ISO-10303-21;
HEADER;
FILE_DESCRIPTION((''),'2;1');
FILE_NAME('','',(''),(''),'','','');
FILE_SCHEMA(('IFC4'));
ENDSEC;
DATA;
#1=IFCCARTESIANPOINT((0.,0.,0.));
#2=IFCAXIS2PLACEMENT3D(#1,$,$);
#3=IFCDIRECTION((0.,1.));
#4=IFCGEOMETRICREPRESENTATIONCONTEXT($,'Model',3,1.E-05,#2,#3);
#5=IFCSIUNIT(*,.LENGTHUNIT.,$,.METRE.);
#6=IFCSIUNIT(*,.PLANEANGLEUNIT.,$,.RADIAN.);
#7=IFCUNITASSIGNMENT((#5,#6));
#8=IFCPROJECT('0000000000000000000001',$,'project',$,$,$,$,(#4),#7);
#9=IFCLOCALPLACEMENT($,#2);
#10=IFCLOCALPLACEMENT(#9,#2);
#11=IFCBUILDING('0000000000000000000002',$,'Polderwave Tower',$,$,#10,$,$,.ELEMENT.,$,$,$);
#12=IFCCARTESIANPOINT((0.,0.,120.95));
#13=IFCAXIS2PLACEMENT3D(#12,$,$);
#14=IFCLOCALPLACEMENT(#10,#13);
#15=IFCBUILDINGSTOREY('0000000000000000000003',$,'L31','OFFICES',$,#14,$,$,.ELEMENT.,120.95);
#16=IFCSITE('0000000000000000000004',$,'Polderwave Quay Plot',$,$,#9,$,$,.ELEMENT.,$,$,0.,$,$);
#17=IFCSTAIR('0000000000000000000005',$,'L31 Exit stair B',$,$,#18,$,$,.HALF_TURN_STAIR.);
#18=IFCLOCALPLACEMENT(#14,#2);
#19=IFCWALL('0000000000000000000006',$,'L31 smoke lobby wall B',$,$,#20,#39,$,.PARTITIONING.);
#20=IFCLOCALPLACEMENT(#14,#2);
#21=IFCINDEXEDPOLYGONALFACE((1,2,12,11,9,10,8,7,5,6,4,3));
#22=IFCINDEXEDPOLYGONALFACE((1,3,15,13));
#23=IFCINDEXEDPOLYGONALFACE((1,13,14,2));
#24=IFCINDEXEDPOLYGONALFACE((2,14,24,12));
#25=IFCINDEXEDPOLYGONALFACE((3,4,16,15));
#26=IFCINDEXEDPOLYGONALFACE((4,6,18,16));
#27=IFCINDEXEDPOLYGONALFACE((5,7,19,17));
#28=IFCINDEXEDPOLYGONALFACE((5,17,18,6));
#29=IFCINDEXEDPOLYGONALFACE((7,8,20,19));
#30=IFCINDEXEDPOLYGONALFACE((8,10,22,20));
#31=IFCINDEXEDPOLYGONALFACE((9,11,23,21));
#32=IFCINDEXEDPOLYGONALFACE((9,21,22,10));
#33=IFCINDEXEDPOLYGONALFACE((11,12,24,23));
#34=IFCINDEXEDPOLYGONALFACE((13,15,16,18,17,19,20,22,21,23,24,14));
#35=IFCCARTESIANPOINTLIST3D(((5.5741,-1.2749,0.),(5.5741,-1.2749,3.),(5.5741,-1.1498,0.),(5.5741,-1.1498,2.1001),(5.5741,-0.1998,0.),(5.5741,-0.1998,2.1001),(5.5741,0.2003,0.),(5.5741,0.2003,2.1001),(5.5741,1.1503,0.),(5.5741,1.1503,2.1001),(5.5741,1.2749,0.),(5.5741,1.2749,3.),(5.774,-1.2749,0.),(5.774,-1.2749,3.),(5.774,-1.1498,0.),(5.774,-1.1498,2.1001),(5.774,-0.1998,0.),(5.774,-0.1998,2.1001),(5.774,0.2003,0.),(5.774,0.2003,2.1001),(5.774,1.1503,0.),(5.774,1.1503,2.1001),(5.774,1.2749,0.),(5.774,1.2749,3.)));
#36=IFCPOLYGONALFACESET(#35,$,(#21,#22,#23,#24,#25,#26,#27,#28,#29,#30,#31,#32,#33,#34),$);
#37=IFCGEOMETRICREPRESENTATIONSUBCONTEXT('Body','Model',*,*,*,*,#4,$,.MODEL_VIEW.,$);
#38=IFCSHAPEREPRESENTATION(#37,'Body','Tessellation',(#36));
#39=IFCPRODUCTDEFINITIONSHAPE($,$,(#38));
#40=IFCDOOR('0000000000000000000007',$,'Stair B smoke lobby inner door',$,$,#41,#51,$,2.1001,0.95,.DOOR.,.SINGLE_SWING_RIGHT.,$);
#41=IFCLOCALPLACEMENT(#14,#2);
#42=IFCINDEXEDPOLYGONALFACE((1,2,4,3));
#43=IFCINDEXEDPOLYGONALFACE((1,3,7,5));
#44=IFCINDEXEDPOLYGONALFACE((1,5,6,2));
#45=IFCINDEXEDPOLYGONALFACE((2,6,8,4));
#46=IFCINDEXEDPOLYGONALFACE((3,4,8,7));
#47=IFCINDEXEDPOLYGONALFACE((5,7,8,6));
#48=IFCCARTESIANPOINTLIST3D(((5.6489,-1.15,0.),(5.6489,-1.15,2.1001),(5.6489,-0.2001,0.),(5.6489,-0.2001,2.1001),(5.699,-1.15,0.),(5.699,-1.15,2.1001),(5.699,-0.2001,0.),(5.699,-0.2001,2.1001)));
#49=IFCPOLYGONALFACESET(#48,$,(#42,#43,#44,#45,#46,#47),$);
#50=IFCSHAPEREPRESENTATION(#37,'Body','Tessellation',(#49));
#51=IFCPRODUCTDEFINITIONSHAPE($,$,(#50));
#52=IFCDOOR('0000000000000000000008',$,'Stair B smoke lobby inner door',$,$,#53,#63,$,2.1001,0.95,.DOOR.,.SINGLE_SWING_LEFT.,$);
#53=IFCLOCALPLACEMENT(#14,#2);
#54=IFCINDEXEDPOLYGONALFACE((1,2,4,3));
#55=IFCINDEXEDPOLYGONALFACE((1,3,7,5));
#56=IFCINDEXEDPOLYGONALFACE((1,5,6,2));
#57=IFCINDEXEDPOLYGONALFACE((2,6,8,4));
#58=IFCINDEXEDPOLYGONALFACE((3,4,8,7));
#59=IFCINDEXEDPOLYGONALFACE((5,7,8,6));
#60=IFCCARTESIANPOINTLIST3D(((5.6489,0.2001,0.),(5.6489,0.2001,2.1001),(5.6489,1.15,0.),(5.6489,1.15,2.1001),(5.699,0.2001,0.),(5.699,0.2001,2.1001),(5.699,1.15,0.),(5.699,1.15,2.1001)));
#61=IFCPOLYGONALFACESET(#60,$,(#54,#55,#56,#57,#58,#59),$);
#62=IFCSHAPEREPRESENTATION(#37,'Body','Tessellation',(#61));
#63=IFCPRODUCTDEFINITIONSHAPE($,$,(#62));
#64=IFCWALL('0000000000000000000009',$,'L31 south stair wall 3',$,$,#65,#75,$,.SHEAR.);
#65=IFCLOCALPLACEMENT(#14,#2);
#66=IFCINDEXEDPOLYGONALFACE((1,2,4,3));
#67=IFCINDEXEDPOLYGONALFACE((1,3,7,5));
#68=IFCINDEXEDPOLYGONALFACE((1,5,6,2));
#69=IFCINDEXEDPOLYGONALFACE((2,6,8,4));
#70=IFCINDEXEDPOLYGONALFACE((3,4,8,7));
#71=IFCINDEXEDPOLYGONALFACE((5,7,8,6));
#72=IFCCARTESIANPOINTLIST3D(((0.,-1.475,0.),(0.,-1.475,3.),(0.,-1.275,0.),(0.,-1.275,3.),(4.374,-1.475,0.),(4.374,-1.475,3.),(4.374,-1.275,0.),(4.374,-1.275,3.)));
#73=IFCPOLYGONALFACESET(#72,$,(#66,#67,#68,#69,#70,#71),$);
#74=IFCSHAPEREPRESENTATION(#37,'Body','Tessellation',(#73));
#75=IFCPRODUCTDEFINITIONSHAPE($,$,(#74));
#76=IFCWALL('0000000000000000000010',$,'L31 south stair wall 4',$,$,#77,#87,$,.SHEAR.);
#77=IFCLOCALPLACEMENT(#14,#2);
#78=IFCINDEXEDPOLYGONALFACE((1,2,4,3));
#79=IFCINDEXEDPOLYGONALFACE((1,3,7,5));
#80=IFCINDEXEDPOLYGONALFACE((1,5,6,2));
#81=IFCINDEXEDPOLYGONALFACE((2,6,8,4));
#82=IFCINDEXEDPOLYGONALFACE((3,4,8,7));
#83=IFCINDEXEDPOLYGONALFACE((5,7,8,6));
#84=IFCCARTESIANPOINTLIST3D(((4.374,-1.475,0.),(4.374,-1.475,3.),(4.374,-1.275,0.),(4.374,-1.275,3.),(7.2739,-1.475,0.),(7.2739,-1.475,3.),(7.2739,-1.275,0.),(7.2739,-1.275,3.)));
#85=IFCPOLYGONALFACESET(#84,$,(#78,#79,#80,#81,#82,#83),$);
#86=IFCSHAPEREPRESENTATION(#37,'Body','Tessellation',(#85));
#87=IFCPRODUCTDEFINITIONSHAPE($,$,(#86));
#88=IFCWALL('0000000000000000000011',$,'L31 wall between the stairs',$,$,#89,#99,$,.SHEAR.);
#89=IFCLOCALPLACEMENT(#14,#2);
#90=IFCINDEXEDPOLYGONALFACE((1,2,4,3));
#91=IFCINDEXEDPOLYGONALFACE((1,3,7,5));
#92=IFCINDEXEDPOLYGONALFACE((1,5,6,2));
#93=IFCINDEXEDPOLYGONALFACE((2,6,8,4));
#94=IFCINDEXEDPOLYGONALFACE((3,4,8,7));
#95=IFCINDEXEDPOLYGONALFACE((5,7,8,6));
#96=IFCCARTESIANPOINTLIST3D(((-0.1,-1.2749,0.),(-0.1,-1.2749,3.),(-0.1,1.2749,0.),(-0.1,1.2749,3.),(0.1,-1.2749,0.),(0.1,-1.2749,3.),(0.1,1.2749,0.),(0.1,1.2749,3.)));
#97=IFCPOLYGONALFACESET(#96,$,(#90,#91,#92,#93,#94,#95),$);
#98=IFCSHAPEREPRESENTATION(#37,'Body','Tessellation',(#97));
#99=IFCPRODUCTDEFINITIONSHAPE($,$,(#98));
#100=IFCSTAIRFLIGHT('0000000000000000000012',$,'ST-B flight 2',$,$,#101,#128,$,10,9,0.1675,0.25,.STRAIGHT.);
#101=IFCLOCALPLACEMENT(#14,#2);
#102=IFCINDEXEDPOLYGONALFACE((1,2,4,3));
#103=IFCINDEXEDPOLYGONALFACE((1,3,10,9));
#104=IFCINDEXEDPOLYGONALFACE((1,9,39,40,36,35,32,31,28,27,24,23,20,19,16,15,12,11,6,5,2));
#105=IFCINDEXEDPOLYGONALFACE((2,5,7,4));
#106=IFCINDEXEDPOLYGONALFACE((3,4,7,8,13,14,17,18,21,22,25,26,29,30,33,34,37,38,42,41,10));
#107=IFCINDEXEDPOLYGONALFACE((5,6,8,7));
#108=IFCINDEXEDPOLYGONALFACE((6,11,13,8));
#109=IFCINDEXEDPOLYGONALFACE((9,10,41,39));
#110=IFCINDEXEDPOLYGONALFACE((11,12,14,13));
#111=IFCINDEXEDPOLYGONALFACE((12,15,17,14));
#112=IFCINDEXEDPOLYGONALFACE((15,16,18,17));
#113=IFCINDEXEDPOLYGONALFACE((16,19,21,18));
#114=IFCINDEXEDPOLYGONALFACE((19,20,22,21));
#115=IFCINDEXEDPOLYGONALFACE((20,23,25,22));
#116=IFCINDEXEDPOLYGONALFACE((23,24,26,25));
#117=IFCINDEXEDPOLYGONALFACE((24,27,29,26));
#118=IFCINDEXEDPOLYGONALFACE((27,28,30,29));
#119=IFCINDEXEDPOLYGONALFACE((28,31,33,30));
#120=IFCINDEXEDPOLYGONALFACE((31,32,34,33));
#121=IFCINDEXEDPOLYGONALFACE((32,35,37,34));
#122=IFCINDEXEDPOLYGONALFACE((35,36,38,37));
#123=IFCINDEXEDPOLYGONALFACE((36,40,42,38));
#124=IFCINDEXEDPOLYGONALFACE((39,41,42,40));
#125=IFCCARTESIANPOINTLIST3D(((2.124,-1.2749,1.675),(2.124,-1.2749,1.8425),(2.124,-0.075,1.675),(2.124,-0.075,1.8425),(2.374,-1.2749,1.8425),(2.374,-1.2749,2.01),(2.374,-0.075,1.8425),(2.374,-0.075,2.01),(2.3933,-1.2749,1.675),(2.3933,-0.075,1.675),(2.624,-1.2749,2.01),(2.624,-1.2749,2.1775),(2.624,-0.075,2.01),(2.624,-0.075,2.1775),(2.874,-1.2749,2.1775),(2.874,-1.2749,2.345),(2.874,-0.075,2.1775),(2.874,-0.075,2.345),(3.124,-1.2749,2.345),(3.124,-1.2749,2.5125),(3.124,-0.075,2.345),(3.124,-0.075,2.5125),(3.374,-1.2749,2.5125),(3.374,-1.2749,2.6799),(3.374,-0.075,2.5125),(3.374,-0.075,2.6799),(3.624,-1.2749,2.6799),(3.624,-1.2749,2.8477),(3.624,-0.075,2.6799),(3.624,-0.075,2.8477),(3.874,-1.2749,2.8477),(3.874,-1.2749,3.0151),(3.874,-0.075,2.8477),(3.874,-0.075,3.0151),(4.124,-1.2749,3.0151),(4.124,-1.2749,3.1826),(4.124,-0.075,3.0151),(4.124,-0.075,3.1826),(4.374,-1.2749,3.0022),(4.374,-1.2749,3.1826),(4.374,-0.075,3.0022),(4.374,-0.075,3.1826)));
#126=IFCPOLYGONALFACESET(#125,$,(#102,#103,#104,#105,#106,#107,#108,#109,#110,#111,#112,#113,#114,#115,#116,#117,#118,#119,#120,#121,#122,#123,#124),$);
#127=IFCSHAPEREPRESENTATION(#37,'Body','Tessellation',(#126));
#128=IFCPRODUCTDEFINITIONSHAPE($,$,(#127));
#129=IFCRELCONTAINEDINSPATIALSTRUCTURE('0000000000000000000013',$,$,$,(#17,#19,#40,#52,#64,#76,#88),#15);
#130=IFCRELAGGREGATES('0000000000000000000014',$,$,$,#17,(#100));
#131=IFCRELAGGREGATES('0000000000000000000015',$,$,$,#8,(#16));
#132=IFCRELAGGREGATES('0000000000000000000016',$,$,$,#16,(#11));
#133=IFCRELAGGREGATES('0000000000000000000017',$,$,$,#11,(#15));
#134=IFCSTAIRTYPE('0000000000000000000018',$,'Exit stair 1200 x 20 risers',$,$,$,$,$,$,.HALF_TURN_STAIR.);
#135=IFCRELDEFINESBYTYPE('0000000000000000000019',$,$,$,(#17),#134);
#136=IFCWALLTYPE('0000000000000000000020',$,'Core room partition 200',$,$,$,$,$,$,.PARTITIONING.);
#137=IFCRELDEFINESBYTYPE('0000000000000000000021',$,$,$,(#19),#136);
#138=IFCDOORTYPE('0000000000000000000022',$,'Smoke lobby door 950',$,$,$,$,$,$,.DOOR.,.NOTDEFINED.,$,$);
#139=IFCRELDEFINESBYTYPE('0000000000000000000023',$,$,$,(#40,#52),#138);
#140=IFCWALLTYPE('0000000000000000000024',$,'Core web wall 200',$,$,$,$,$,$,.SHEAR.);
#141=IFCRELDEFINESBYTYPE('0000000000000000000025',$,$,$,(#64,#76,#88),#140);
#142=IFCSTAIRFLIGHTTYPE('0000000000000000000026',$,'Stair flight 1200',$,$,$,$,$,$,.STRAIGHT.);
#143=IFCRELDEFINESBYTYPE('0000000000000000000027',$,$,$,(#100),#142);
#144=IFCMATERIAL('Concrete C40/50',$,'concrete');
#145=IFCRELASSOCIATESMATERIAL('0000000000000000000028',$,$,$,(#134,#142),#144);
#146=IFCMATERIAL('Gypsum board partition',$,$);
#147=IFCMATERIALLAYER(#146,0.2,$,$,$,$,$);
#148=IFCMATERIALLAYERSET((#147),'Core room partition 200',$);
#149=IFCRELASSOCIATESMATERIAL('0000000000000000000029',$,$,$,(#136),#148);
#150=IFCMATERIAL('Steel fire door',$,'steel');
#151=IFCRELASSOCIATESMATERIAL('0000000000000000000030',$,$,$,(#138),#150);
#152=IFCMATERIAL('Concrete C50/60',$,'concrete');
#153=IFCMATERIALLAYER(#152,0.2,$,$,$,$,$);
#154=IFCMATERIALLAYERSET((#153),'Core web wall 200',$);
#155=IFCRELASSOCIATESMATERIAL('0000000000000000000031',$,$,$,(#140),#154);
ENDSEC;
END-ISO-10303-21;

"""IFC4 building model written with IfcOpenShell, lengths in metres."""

from ifc_helpers import new_model, si_unit, direction, frame, frame_2d, origin, place, context, subcontext, project, spatial, polyline, rectangle, outline, extrude, material, layer, layer_set, type_object, element, fill, aggregate, save


model = new_model("IFC4")

# Units and contexts
model_context = context("Model", 3, precision=1e-05, world=origin(), true_north=direction((0.0, 1.0)))
body_context = subcontext(model_context, "Body", "Model", "MODEL_VIEW")
ifc_project = project(units=[si_unit("LENGTHUNIT", "METRE"), si_unit("PLANEANGLEUNIT", "RADIAN")], contexts=[model_context])

# Site, building, storey
site_placement = place(None, origin())
site = spatial("IfcSite", under=ifc_project, at=site_placement, Name="Polderwave Quay Plot", CompositionType="ELEMENT", RefElevation=0.0)
building_placement = place(site_placement, origin())
building = spatial("IfcBuilding", under=site, at=building_placement, Name="Polderwave Tower", CompositionType="ELEMENT")
storey_placement = place(building_placement, frame((0.0, 0.0, 120.95)))
storey = spatial("IfcBuildingStorey", under=building, at=storey_placement, Name="L31", Description="OFFICES", CompositionType="ELEMENT", Elevation=120.95)

# Shared definitions
ifc_material_1 = material(Name="Concrete C40/50", Category="concrete")

# Stair
stair_type = type_object("IfcStairType", Name="Exit stair 1200 x 20 risers", PredefinedType="HALF_TURN_STAIR", material=ifc_material_1)
stair_1_placement = place(storey_placement, origin())
stair_1 = element("IfcStair", 1, at=stair_1_placement, inside=storey, type_object=stair_type, Name="L31 Exit stair B", PredefinedType="HALF_TURN_STAIR")

# Wall, openings, doors
ifc_material_2 = material(Name="Gypsum board partition")
ifc_layer_1 = layer(ifc_material_2, 0.2)
ifc_layer_set_1 = layer_set([ifc_layer_1], Name="Core room partition 200")
wall_type_1 = type_object("IfcWallType", Name="Core room partition 200", PredefinedType="PARTITIONING", material=ifc_layer_set_1)
wall_1_placement = place(storey_placement, frame((5.6741, -1.2749, 0.0), z_axis=(0.0, 0.0, 1.0), x_axis=(0.0, 1.0, 0.0)))
wall_1 = element("IfcWall", 2, at=wall_1_placement, inside=storey, type_object=wall_type_1, Name="L31 smoke lobby wall B", PredefinedType="PARTITIONING", context=body_context, shape_type="SweptSolid", body=[
    extrude(rectangle(XDim=2.5498, YDim=0.2, at=frame_2d((1.2749, 0.0))), origin(), (0.0, 0.0, 1.0), 3.0),
])
opening_1_placement = place(wall_1_placement, frame((0.125, 0.0, 0.0)))
opening_1 = element("IfcOpeningElement", 3, at=opening_1_placement, cuts=wall_1, PredefinedType="OPENING", context=body_context, shape_type="SweptSolid", body=[
    extrude(rectangle(XDim=0.95, YDim=2.1001, at=frame_2d((0.4751, 1.05))), frame((0.0, 0.1099, 0.0), z_axis=(0.0, -1.0, 0.0), x_axis=(1.0, 0.0, 0.0)), (0.0, 0.0, 1.0), 0.22),
])
opening_2_placement = place(wall_1_placement, frame((1.4751, 0.0, 0.0)))
opening_2 = element("IfcOpeningElement", 4, at=opening_2_placement, cuts=wall_1, PredefinedType="OPENING", context=body_context, shape_type="SweptSolid", body=[
    extrude(rectangle(XDim=0.95, YDim=2.1001, at=frame_2d((0.4751, 1.05))), frame((0.0, 0.1099, 0.0), z_axis=(0.0, -1.0, 0.0), x_axis=(1.0, 0.0, 0.0)), (0.0, 0.0, 1.0), 0.22),
])
ifc_material_3 = material(Name="Steel fire door", Category="steel")
door_type = type_object("IfcDoorType", Name="Smoke lobby door 950", OperationType="NOTDEFINED", PredefinedType="DOOR", material=ifc_material_3)
door_1_placement = place(opening_1_placement, frame((0.95, 0.0, 0.0), z_axis=(0.0, 0.0, 1.0), x_axis=(-1.0, 0.0, 0.0)))
door_1 = element("IfcDoor", 5, at=door_1_placement, inside=storey, type_object=door_type, Name="Stair B smoke lobby inner door", OperationType="SINGLE_SWING_RIGHT", OverallHeight=2.1001, OverallWidth=0.95, PredefinedType="DOOR", context=body_context, shape_type="SweptSolid", body=[
    extrude(rectangle(XDim=0.95, YDim=2.1001, at=frame_2d((0.4751, 1.05))), frame((0.0, 0.0249, 0.0), z_axis=(0.0, -1.0, 0.0), x_axis=(1.0, 0.0, 0.0)), (0.0, 0.0, 1.0), 0.05),
])
fill(opening_1, door_1)
door_2_placement = place(opening_2_placement, frame((0.95, 0.0, 0.0), z_axis=(0.0, 0.0, 1.0), x_axis=(-1.0, 0.0, 0.0)))
door_2 = element("IfcDoor", 6, at=door_2_placement, inside=storey, type_object=door_type, Name="Stair B smoke lobby inner door", OperationType="SINGLE_SWING_LEFT", OverallHeight=2.1001, OverallWidth=0.95, PredefinedType="DOOR", context=body_context, shape_type="SweptSolid", body=[
    extrude(rectangle(XDim=0.95, YDim=2.1001, at=frame_2d((0.4751, 1.05))), frame((0.0, 0.0249, 0.0), z_axis=(0.0, -1.0, 0.0), x_axis=(1.0, 0.0, 0.0)), (0.0, 0.0, 1.0), 0.05),
])
fill(opening_2, door_2)

# Walls
ifc_material_4 = material(Name="Concrete C50/60", Category="concrete")
ifc_layer_2 = layer(ifc_material_4, 0.2)
ifc_layer_set_2 = layer_set([ifc_layer_2], Name="Core web wall 200")
wall_type_2 = type_object("IfcWallType", Name="Core web wall 200", PredefinedType="SHEAR", material=ifc_layer_set_2)
wall_2_placement = place(storey_placement, frame((0.0, -1.375, 0.0), z_axis=(0.0, 0.0, 1.0), x_axis=(1.0, 0.0, 0.0)))
element("IfcWall", 7, at=wall_2_placement, inside=storey, type_object=wall_type_2, Name="L31 south stair wall 3", PredefinedType="SHEAR", context=body_context, shape_type="SweptSolid", body=[
    extrude(rectangle(XDim=4.374, YDim=0.2, at=frame_2d((2.187, 0.0))), origin(), (0.0, 0.0, 1.0), 3.0),
])
wall_3_placement = place(storey_placement, frame((4.374, -1.375, 0.0), z_axis=(0.0, 0.0, 1.0), x_axis=(1.0, 0.0, 0.0)))
element("IfcWall", 8, at=wall_3_placement, inside=storey, type_object=wall_type_2, Name="L31 south stair wall 4", PredefinedType="SHEAR", context=body_context, shape_type="SweptSolid", body=[
    extrude(rectangle(XDim=2.8999, YDim=0.2, at=frame_2d((1.45, 0.0))), origin(), (0.0, 0.0, 1.0), 3.0),
])
wall_4_placement = place(storey_placement, frame((0.0, -1.2749, 0.0), z_axis=(0.0, 0.0, 1.0), x_axis=(0.0, 1.0, 0.0)))
element("IfcWall", 9, at=wall_4_placement, inside=storey, type_object=wall_type_2, Name="L31 wall between the stairs", PredefinedType="SHEAR", context=body_context, shape_type="SweptSolid", body=[
    extrude(rectangle(XDim=2.5498, YDim=0.2, at=frame_2d((1.2749, 0.0))), origin(), (0.0, 0.0, 1.0), 3.0),
])

# Stair flight
stair_flight_type = type_object("IfcStairFlightType", Name="Stair flight 1200", PredefinedType="STRAIGHT", material=ifc_material_1)
stair_flight_placement = place(storey_placement, frame((2.124, -0.675, 1.675), z_axis=(0.0, 0.0, 1.0), x_axis=(1.0, 0.0, 0.0)))
stair_flight = element("IfcStairFlight", 10, at=stair_flight_placement, type_object=stair_flight_type, Name="ST-B flight 2", NumberOfRisers=10, NumberOfTreads=9, PredefinedType="STRAIGHT", RiserHeight=0.1675, TreadLength=0.25, context=body_context, shape_type="SweptSolid", body=[
    extrude(outline(polyline([(0.0, 0.0), (0.0, 0.1675), (0.25, 0.1675), (0.25, 0.335), (0.5, 0.335), (0.5, 0.5024), (0.75, 0.5024), (0.75, 0.6699), (1.0, 0.6699), (1.0, 0.8374), (1.25, 0.8374), (1.25, 1.0049), (1.5, 1.0049), (1.5, 1.1726), (1.75, 1.1726), (1.75, 1.3401), (2.0, 1.3401), (2.0, 1.5076), (2.25, 1.5076), (2.25, 1.675), (2.25, 1.3271), (0.2693, 0.0), (0.0, 0.0)])), frame((0.0, 0.6001, 0.0), z_axis=(0.0, -1.0, 0.0), x_axis=(1.0, 0.0, 0.0)), (0.0, 0.0, 1.0), 1.2),
])
aggregate(stair_1, [stair_flight])

save(model, "model.ifc")
